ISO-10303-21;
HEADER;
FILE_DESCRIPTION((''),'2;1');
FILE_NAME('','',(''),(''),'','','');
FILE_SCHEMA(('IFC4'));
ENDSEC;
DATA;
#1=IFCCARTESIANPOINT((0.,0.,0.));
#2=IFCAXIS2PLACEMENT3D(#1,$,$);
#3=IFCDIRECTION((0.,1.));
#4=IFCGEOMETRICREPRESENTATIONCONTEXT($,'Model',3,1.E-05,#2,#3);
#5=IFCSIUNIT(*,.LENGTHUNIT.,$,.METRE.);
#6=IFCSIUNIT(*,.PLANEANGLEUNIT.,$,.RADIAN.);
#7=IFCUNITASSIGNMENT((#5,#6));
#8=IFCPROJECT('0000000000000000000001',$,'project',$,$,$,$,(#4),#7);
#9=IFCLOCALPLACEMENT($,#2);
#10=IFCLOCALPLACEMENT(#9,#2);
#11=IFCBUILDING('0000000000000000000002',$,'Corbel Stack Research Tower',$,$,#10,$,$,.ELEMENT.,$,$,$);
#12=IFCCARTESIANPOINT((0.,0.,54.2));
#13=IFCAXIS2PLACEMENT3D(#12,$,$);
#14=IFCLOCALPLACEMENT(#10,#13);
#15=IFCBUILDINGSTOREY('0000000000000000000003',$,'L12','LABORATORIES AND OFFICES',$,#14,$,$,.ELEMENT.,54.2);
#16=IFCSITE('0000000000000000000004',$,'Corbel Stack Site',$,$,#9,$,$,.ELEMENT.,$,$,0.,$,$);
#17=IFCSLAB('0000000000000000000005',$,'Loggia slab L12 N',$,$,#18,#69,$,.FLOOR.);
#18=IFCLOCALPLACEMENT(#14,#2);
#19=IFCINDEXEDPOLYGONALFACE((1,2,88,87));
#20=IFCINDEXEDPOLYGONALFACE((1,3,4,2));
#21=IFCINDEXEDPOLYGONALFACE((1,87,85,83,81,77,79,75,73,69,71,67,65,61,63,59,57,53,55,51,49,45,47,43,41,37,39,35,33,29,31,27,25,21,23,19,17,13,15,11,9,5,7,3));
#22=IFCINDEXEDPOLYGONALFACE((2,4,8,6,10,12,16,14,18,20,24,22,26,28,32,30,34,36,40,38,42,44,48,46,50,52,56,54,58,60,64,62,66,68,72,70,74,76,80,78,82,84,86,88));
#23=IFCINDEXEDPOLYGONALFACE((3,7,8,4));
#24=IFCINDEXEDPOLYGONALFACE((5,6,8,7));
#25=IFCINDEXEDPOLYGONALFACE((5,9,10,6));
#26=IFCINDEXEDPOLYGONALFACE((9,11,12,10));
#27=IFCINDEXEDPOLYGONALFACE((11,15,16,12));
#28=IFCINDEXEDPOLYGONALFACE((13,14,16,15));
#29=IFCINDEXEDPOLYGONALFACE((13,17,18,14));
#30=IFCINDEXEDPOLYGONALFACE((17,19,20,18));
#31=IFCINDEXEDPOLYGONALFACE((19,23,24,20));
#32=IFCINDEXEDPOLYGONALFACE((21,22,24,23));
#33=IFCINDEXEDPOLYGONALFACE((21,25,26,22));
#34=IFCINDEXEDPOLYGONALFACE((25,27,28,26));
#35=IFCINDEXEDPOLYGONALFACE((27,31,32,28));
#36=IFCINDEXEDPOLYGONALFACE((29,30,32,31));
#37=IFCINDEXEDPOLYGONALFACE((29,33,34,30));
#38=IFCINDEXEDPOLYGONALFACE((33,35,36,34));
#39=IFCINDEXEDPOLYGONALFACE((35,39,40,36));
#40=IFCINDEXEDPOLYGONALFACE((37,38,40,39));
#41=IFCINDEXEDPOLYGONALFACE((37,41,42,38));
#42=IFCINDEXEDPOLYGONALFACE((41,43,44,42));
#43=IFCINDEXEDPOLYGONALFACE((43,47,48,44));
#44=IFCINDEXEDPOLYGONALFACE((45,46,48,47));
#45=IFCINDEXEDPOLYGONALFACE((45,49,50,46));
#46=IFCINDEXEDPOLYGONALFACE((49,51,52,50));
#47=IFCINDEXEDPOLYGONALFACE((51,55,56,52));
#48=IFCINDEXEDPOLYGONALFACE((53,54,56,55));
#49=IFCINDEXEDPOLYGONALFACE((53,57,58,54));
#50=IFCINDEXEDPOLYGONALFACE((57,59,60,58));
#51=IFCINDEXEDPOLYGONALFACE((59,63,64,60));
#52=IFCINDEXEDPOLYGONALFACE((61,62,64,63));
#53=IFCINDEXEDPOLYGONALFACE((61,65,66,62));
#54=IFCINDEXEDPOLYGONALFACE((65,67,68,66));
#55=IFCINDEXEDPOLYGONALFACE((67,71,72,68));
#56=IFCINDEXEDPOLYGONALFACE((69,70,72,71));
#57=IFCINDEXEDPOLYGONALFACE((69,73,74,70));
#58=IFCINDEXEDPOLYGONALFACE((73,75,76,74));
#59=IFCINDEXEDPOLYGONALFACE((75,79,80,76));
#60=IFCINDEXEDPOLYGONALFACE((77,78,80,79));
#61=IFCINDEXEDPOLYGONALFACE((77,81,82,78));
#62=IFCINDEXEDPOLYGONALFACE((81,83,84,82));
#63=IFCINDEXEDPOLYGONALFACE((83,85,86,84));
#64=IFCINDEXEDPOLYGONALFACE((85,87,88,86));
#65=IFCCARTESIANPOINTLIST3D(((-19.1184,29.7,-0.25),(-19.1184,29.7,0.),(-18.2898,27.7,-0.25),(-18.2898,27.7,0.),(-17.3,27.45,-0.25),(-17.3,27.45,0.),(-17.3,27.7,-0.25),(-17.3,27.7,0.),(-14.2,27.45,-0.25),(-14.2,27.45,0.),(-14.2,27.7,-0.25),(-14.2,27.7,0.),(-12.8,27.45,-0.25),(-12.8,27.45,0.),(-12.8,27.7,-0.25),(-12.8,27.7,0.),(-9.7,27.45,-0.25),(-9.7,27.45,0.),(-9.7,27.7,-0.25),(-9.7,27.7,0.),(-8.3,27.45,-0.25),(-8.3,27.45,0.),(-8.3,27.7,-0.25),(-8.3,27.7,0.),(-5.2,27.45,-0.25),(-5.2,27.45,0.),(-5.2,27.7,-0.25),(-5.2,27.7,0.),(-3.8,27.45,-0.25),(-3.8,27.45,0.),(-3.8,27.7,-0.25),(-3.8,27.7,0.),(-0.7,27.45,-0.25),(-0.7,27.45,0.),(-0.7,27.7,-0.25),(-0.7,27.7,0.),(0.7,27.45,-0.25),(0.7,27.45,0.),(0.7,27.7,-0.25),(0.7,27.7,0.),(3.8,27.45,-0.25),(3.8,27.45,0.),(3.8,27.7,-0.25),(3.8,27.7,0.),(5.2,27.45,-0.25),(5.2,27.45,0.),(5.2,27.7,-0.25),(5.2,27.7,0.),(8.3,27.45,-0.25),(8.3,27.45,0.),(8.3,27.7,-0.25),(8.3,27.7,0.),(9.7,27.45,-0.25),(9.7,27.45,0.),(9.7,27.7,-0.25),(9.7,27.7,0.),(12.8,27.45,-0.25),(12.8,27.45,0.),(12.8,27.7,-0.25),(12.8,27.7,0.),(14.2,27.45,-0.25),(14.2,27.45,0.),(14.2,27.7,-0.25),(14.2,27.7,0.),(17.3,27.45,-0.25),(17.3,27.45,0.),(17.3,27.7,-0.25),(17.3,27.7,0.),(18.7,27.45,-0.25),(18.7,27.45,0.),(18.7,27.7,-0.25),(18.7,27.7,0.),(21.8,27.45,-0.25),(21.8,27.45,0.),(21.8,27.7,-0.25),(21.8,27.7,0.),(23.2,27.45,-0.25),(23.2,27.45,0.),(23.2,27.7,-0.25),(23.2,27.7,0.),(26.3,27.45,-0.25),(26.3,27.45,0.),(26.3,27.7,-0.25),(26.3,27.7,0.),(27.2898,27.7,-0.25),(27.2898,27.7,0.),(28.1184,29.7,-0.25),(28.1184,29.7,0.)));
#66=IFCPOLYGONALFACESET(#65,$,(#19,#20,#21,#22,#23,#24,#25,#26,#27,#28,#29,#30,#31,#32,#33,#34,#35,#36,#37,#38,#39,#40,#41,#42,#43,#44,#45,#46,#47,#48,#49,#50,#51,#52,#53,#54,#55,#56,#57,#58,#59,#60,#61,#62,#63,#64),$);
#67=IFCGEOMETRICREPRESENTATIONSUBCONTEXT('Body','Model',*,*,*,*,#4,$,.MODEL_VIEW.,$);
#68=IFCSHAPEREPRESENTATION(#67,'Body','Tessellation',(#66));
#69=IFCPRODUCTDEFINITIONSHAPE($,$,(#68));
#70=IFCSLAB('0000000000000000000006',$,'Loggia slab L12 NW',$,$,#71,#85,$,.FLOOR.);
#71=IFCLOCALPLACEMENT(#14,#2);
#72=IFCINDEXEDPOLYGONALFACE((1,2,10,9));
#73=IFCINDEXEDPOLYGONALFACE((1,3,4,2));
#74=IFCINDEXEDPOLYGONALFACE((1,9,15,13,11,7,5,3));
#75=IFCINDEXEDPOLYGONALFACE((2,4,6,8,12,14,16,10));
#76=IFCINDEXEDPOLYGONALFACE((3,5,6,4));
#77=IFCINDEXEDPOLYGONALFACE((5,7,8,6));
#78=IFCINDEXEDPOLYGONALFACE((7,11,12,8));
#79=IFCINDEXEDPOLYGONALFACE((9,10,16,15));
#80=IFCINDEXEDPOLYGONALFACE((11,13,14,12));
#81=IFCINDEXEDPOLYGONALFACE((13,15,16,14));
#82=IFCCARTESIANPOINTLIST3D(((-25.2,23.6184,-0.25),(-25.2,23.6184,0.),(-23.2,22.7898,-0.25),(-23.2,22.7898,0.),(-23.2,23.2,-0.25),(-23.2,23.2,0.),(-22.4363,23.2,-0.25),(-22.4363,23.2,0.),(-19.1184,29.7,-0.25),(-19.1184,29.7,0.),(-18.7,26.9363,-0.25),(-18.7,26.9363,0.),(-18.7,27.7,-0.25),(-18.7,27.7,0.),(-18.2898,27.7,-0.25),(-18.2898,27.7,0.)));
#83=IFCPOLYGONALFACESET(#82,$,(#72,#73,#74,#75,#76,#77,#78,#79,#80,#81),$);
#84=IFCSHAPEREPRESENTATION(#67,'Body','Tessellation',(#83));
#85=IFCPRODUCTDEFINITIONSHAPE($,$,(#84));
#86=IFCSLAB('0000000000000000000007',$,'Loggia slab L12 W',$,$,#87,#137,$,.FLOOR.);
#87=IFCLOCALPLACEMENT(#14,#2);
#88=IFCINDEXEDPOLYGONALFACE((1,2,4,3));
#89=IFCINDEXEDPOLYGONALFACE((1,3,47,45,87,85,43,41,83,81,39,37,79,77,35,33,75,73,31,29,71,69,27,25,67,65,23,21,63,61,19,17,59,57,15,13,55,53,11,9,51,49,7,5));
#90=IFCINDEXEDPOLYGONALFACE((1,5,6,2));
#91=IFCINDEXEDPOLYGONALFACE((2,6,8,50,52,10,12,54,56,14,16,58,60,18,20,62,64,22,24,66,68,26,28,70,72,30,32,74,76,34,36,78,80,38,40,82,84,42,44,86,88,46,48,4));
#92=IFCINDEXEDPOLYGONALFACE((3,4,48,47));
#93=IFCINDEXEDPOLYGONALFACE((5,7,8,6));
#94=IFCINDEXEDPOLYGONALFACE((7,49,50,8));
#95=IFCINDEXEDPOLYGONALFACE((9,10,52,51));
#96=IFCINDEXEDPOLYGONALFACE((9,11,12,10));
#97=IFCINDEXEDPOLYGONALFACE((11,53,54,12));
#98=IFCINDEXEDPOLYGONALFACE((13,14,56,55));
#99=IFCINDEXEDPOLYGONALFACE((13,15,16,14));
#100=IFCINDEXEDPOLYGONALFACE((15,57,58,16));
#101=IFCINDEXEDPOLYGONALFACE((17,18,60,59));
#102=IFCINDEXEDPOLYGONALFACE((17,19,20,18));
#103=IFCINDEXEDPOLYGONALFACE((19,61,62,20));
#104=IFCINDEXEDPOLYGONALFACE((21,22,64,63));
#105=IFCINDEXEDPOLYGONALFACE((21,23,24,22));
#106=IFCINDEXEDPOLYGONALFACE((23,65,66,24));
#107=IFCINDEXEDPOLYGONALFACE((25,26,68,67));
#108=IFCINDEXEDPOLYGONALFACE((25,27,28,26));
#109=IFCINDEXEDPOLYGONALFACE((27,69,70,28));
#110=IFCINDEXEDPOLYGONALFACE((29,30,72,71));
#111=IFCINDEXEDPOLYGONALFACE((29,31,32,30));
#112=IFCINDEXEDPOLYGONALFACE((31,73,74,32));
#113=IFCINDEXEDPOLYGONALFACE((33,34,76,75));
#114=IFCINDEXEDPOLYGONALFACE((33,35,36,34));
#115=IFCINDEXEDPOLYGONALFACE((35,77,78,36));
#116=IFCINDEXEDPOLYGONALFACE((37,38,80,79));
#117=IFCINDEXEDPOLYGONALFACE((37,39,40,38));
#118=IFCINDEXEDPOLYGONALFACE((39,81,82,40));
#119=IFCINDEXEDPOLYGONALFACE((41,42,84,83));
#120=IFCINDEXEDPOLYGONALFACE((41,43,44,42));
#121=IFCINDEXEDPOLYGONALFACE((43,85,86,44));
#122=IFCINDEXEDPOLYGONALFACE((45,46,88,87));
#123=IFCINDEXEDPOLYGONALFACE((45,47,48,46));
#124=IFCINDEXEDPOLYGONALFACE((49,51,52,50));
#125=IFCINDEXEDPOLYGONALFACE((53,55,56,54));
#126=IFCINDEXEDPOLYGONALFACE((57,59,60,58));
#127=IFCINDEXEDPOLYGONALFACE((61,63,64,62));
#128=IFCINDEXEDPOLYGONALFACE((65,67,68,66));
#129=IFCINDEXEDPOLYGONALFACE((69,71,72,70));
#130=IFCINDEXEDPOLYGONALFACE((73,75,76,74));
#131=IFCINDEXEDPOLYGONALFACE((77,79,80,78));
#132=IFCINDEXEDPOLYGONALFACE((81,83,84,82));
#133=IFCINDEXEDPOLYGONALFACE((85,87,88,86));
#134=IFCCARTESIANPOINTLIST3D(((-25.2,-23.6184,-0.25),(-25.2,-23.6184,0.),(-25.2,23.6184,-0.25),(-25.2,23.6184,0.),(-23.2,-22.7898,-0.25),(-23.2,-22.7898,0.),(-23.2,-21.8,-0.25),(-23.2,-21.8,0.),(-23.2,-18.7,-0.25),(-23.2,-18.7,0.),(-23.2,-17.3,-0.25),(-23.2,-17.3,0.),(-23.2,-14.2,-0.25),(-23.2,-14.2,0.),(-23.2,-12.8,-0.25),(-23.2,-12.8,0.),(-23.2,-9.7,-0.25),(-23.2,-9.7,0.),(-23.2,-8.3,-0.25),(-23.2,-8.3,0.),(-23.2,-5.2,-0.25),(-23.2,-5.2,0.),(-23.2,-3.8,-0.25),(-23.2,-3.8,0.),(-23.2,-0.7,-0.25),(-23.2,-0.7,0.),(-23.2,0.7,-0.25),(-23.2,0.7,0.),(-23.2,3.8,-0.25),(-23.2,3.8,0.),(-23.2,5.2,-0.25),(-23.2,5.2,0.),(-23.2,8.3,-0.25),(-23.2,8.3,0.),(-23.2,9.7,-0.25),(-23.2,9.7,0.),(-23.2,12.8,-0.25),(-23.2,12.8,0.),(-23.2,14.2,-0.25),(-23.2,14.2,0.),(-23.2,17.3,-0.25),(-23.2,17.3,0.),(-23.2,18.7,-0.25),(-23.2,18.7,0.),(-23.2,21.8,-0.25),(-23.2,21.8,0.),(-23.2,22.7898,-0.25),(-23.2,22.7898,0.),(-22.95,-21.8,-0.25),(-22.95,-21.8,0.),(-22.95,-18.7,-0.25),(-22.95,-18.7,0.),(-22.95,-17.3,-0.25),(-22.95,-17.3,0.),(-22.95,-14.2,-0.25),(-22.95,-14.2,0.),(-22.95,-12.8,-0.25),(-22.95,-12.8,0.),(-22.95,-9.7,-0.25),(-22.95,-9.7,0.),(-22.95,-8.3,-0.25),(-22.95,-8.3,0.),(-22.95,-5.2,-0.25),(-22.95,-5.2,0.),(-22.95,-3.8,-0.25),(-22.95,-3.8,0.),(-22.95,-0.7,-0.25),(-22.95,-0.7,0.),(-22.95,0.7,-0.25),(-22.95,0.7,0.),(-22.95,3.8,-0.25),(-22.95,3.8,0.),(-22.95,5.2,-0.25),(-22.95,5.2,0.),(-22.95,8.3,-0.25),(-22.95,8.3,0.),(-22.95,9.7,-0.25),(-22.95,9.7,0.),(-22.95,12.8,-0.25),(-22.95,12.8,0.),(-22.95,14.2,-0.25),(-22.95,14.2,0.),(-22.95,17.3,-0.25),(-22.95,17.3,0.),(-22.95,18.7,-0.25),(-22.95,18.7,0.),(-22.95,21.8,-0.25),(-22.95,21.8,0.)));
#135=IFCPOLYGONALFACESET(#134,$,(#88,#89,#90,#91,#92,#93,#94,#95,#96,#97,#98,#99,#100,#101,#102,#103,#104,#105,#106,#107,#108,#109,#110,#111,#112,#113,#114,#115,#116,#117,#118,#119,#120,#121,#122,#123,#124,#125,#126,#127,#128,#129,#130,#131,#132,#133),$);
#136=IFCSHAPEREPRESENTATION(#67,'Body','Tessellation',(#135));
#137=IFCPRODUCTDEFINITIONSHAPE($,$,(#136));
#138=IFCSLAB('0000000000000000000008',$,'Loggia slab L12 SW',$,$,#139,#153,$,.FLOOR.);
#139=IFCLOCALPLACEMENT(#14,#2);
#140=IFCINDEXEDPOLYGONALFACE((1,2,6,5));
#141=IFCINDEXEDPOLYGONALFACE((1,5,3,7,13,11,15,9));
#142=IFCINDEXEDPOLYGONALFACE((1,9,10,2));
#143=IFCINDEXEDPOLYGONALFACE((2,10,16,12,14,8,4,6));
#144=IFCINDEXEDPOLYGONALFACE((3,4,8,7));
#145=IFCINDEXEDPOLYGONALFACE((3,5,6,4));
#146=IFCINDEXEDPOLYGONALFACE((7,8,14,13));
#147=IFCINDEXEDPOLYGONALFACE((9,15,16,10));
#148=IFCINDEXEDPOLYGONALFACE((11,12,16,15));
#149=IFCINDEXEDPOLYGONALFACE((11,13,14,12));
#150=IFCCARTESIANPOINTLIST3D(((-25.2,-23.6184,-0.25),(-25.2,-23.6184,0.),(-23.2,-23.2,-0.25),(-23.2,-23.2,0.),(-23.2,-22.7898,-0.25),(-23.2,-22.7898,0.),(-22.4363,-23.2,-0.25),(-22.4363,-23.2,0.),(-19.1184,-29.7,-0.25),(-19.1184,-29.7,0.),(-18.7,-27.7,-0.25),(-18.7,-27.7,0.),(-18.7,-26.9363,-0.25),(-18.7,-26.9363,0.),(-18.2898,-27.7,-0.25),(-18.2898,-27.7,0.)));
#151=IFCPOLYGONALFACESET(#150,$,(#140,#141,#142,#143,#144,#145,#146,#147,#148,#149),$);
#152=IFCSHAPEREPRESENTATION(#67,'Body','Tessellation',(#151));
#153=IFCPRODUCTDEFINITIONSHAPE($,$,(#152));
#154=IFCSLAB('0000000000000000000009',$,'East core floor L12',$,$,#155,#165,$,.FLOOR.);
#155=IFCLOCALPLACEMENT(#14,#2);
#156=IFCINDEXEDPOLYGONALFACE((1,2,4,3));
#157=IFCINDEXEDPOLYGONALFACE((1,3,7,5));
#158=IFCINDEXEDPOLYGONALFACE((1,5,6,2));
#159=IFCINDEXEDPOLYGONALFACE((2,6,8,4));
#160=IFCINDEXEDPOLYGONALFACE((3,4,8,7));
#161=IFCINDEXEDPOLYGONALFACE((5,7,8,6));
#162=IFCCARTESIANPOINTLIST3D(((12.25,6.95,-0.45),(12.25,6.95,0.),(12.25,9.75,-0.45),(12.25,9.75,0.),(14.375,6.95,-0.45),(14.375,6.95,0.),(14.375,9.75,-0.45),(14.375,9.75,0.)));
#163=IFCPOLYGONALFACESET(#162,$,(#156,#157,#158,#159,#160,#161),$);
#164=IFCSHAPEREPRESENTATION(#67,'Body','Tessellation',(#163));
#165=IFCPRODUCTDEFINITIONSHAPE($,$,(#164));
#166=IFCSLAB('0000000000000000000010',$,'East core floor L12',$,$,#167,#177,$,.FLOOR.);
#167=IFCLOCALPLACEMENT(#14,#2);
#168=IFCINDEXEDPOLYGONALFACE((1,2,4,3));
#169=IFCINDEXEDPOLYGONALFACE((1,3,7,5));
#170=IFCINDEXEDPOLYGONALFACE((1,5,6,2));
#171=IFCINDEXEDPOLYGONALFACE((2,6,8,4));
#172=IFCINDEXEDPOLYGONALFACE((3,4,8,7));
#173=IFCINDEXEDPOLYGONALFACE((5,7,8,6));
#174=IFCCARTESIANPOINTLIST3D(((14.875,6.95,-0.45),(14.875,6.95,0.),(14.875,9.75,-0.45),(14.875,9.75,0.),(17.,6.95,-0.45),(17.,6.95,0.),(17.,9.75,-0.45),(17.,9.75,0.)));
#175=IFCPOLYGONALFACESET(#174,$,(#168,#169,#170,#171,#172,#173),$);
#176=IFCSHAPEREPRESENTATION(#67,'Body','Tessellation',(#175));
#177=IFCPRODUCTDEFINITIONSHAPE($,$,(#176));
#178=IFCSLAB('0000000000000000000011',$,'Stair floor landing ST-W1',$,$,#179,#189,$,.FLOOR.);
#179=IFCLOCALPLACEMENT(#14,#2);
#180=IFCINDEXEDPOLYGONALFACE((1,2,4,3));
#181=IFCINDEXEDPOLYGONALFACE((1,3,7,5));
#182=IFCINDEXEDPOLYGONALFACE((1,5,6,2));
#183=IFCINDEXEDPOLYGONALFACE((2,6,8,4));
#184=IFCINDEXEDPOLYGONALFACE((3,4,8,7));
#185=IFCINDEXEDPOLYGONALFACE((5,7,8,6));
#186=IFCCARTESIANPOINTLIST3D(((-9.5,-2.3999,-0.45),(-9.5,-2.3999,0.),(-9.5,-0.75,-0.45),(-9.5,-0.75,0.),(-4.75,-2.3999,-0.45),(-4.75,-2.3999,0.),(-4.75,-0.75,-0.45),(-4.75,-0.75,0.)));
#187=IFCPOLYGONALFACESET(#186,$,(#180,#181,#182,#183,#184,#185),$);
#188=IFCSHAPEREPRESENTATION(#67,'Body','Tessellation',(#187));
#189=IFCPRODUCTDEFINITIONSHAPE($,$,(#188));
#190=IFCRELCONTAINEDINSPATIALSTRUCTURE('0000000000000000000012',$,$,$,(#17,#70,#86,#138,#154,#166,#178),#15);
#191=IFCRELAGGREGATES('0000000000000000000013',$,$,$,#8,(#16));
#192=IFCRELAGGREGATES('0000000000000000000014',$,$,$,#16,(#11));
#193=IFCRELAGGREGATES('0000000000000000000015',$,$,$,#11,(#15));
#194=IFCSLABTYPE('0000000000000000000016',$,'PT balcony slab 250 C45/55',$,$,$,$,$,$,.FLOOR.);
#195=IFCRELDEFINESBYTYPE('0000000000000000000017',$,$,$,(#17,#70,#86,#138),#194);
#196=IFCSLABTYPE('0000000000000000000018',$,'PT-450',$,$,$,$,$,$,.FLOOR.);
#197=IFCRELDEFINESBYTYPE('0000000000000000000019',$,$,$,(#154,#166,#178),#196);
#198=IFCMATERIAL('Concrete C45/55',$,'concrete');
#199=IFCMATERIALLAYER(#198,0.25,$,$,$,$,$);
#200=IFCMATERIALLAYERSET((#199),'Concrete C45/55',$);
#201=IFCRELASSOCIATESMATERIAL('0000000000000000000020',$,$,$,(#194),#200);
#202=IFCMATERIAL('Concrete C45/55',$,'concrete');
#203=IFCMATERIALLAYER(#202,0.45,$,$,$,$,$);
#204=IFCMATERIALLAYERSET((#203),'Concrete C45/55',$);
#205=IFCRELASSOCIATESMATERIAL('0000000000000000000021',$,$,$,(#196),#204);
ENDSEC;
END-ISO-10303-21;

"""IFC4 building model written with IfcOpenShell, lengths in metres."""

from ifc_helpers import new_model, si_unit, direction, frame, origin, place, context, subcontext, project, spatial, polyline, outline, extrude, material, layer, layer_set, type_object, element, save


model = new_model("IFC4")

# Units and contexts
model_context = context("Model", 3, precision=1e-05, world=origin(), true_north=direction((0.0, 1.0)))
body_context = subcontext(model_context, "Body", "Model", "MODEL_VIEW")
ifc_project = project(units=[si_unit("LENGTHUNIT", "METRE"), si_unit("PLANEANGLEUNIT", "RADIAN")], contexts=[model_context])

# Site, building, storey
site_placement = place(None, origin())
site = spatial("IfcSite", under=ifc_project, at=site_placement, Name="Corbel Stack Site", CompositionType="ELEMENT", RefElevation=0.0)
building_placement = place(site_placement, origin())
building = spatial("IfcBuilding", under=site, at=building_placement, Name="Corbel Stack Research Tower", CompositionType="ELEMENT")
storey_placement = place(building_placement, frame((0.0, 0.0, 54.2)))
storey = spatial("IfcBuildingStorey", under=building, at=storey_placement, Name="L12", Description="LABORATORIES AND OFFICES", CompositionType="ELEMENT", Elevation=54.2)

# Slabs
ifc_material_1 = material(Name="Concrete C45/55", Category="concrete")
ifc_layer_1 = layer(ifc_material_1, 0.25)
ifc_layer_set_1 = layer_set([ifc_layer_1], Name="Concrete C45/55")
slab_type_1 = type_object("IfcSlabType", Name="PT balcony slab 250 C45/55", PredefinedType="FLOOR", material=ifc_layer_set_1)
slab_1_placement = place(storey_placement, frame((0.0, 0.0, -0.25)))
element("IfcSlab", 1, at=slab_1_placement, inside=storey, type_object=slab_type_1, Name="Loggia slab L12 N", PredefinedType="FLOOR", context=body_context, shape_type="SweptSolid", body=[
    extrude(outline(polyline([(-18.2898, 27.7), (-17.3, 27.7), (-17.3, 27.45), (-14.2, 27.45), (-14.2, 27.7), (-12.8, 27.7), (-12.8, 27.45), (-9.7, 27.45), (-9.7, 27.7), (-8.3, 27.7), (-8.3, 27.45), (-5.2, 27.45), (-5.2, 27.7), (-3.8, 27.7), (-3.8, 27.45), (-0.7, 27.45), (-0.7, 27.7), (0.7, 27.7), (0.7, 27.45), (3.8, 27.45), (3.8, 27.7), (5.2, 27.7), (5.2, 27.45), (8.3, 27.45), (8.3, 27.7), (9.7, 27.7), (9.7, 27.45), (12.8, 27.45), (12.8, 27.7), (14.2, 27.7), (14.2, 27.45), (17.3, 27.45), (17.3, 27.7), (18.7, 27.7), (18.7, 27.45), (21.8, 27.45), (21.8, 27.7), (23.2, 27.7), (23.2, 27.45), (26.3, 27.45), (26.3, 27.7), (27.2898, 27.7), (28.1184, 29.7), (-19.1184, 29.7), (-18.2898, 27.7)])), origin(), (0.0, 0.0, 1.0), 0.25),
])
slab_2_placement = place(storey_placement, frame((0.0, 0.0, -0.25)))
element("IfcSlab", 2, at=slab_2_placement, inside=storey, type_object=slab_type_1, Name="Loggia slab L12 NW", PredefinedType="FLOOR", context=body_context, shape_type="SweptSolid", body=[
    extrude(outline(polyline([(-23.2, 22.7898), (-23.2, 23.2), (-22.4363, 23.2), (-18.7, 26.9363), (-18.7, 27.7), (-18.2898, 27.7), (-19.1184, 29.7), (-25.2, 23.6184), (-23.2, 22.7898)])), origin(), (0.0, 0.0, 1.0), 0.25),
])
slab_3_placement = place(storey_placement, frame((0.0, 0.0, -0.25)))
element("IfcSlab", 3, at=slab_3_placement, inside=storey, type_object=slab_type_1, Name="Loggia slab L12 W", PredefinedType="FLOOR", context=body_context, shape_type="SweptSolid", body=[
    extrude(outline(polyline([(-23.2, -22.7898), (-23.2, -21.8), (-22.95, -21.8), (-22.95, -18.7), (-23.2, -18.7), (-23.2, -17.3), (-22.95, -17.3), (-22.95, -14.2), (-23.2, -14.2), (-23.2, -12.8), (-22.95, -12.8), (-22.95, -9.7), (-23.2, -9.7), (-23.2, -8.3), (-22.95, -8.3), (-22.95, -5.2), (-23.2, -5.2), (-23.2, -3.8), (-22.95, -3.8), (-22.95, -0.7), (-23.2, -0.7), (-23.2, 0.7), (-22.95, 0.7), (-22.95, 3.8), (-23.2, 3.8), (-23.2, 5.2), (-22.95, 5.2), (-22.95, 8.3), (-23.2, 8.3), (-23.2, 9.7), (-22.95, 9.7), (-22.95, 12.8), (-23.2, 12.8), (-23.2, 14.2), (-22.95, 14.2), (-22.95, 17.3), (-23.2, 17.3), (-23.2, 18.7), (-22.95, 18.7), (-22.95, 21.8), (-23.2, 21.8), (-23.2, 22.7898), (-25.2, 23.6184), (-25.2, -23.6184), (-23.2, -22.7898)])), origin(), (0.0, 0.0, 1.0), 0.25),
])
slab_4_placement = place(storey_placement, frame((0.0, 0.0, -0.25)))
element("IfcSlab", 4, at=slab_4_placement, inside=storey, type_object=slab_type_1, Name="Loggia slab L12 SW", PredefinedType="FLOOR", context=body_context, shape_type="SweptSolid", body=[
    extrude(outline(polyline([(-18.2898, -27.7), (-18.7, -27.7), (-18.7, -26.9363), (-22.4363, -23.2), (-23.2, -23.2), (-23.2, -22.7898), (-25.2, -23.6184), (-19.1184, -29.7), (-18.2898, -27.7)])), origin(), (0.0, 0.0, 1.0), 0.25),
])
ifc_material_2 = material(Name="Concrete C45/55", Category="concrete")
ifc_layer_2 = layer(ifc_material_2, 0.45)
ifc_layer_set_2 = layer_set([ifc_layer_2], Name="Concrete C45/55")
slab_type_2 = type_object("IfcSlabType", Name="PT-450", PredefinedType="FLOOR", material=ifc_layer_set_2)
slab_5_placement = place(storey_placement, frame((0.0, 0.0, -0.45)))
element("IfcSlab", 5, at=slab_5_placement, inside=storey, type_object=slab_type_2, Name="East core floor L12", PredefinedType="FLOOR", context=body_context, shape_type="SweptSolid", body=[
    extrude(outline(polyline([(14.375, 6.95), (14.375, 9.75), (12.25, 9.75), (12.25, 6.95), (14.375, 6.95)])), origin(), (0.0, 0.0, 1.0), 0.45),
])
slab_6_placement = place(storey_placement, frame((0.0, 0.0, -0.45)))
element("IfcSlab", 6, at=slab_6_placement, inside=storey, type_object=slab_type_2, Name="East core floor L12", PredefinedType="FLOOR", context=body_context, shape_type="SweptSolid", body=[
    extrude(outline(polyline([(17.0, 6.95), (17.0, 9.75), (14.875, 9.75), (14.875, 6.95), (17.0, 6.95)])), origin(), (0.0, 0.0, 1.0), 0.45),
])
slab_7_placement = place(storey_placement, frame((0.0, 0.0, -0.45)))
element("IfcSlab", 7, at=slab_7_placement, inside=storey, type_object=slab_type_2, Name="Stair floor landing ST-W1", PredefinedType="FLOOR", context=body_context, shape_type="SweptSolid", body=[
    extrude(outline(polyline([(-9.5, -2.3999), (-4.75, -2.3999), (-4.75, -0.75), (-9.5, -0.75), (-9.5, -2.3999)])), origin(), (0.0, 0.0, 1.0), 0.45),
])

save(model, "model.ifc")
